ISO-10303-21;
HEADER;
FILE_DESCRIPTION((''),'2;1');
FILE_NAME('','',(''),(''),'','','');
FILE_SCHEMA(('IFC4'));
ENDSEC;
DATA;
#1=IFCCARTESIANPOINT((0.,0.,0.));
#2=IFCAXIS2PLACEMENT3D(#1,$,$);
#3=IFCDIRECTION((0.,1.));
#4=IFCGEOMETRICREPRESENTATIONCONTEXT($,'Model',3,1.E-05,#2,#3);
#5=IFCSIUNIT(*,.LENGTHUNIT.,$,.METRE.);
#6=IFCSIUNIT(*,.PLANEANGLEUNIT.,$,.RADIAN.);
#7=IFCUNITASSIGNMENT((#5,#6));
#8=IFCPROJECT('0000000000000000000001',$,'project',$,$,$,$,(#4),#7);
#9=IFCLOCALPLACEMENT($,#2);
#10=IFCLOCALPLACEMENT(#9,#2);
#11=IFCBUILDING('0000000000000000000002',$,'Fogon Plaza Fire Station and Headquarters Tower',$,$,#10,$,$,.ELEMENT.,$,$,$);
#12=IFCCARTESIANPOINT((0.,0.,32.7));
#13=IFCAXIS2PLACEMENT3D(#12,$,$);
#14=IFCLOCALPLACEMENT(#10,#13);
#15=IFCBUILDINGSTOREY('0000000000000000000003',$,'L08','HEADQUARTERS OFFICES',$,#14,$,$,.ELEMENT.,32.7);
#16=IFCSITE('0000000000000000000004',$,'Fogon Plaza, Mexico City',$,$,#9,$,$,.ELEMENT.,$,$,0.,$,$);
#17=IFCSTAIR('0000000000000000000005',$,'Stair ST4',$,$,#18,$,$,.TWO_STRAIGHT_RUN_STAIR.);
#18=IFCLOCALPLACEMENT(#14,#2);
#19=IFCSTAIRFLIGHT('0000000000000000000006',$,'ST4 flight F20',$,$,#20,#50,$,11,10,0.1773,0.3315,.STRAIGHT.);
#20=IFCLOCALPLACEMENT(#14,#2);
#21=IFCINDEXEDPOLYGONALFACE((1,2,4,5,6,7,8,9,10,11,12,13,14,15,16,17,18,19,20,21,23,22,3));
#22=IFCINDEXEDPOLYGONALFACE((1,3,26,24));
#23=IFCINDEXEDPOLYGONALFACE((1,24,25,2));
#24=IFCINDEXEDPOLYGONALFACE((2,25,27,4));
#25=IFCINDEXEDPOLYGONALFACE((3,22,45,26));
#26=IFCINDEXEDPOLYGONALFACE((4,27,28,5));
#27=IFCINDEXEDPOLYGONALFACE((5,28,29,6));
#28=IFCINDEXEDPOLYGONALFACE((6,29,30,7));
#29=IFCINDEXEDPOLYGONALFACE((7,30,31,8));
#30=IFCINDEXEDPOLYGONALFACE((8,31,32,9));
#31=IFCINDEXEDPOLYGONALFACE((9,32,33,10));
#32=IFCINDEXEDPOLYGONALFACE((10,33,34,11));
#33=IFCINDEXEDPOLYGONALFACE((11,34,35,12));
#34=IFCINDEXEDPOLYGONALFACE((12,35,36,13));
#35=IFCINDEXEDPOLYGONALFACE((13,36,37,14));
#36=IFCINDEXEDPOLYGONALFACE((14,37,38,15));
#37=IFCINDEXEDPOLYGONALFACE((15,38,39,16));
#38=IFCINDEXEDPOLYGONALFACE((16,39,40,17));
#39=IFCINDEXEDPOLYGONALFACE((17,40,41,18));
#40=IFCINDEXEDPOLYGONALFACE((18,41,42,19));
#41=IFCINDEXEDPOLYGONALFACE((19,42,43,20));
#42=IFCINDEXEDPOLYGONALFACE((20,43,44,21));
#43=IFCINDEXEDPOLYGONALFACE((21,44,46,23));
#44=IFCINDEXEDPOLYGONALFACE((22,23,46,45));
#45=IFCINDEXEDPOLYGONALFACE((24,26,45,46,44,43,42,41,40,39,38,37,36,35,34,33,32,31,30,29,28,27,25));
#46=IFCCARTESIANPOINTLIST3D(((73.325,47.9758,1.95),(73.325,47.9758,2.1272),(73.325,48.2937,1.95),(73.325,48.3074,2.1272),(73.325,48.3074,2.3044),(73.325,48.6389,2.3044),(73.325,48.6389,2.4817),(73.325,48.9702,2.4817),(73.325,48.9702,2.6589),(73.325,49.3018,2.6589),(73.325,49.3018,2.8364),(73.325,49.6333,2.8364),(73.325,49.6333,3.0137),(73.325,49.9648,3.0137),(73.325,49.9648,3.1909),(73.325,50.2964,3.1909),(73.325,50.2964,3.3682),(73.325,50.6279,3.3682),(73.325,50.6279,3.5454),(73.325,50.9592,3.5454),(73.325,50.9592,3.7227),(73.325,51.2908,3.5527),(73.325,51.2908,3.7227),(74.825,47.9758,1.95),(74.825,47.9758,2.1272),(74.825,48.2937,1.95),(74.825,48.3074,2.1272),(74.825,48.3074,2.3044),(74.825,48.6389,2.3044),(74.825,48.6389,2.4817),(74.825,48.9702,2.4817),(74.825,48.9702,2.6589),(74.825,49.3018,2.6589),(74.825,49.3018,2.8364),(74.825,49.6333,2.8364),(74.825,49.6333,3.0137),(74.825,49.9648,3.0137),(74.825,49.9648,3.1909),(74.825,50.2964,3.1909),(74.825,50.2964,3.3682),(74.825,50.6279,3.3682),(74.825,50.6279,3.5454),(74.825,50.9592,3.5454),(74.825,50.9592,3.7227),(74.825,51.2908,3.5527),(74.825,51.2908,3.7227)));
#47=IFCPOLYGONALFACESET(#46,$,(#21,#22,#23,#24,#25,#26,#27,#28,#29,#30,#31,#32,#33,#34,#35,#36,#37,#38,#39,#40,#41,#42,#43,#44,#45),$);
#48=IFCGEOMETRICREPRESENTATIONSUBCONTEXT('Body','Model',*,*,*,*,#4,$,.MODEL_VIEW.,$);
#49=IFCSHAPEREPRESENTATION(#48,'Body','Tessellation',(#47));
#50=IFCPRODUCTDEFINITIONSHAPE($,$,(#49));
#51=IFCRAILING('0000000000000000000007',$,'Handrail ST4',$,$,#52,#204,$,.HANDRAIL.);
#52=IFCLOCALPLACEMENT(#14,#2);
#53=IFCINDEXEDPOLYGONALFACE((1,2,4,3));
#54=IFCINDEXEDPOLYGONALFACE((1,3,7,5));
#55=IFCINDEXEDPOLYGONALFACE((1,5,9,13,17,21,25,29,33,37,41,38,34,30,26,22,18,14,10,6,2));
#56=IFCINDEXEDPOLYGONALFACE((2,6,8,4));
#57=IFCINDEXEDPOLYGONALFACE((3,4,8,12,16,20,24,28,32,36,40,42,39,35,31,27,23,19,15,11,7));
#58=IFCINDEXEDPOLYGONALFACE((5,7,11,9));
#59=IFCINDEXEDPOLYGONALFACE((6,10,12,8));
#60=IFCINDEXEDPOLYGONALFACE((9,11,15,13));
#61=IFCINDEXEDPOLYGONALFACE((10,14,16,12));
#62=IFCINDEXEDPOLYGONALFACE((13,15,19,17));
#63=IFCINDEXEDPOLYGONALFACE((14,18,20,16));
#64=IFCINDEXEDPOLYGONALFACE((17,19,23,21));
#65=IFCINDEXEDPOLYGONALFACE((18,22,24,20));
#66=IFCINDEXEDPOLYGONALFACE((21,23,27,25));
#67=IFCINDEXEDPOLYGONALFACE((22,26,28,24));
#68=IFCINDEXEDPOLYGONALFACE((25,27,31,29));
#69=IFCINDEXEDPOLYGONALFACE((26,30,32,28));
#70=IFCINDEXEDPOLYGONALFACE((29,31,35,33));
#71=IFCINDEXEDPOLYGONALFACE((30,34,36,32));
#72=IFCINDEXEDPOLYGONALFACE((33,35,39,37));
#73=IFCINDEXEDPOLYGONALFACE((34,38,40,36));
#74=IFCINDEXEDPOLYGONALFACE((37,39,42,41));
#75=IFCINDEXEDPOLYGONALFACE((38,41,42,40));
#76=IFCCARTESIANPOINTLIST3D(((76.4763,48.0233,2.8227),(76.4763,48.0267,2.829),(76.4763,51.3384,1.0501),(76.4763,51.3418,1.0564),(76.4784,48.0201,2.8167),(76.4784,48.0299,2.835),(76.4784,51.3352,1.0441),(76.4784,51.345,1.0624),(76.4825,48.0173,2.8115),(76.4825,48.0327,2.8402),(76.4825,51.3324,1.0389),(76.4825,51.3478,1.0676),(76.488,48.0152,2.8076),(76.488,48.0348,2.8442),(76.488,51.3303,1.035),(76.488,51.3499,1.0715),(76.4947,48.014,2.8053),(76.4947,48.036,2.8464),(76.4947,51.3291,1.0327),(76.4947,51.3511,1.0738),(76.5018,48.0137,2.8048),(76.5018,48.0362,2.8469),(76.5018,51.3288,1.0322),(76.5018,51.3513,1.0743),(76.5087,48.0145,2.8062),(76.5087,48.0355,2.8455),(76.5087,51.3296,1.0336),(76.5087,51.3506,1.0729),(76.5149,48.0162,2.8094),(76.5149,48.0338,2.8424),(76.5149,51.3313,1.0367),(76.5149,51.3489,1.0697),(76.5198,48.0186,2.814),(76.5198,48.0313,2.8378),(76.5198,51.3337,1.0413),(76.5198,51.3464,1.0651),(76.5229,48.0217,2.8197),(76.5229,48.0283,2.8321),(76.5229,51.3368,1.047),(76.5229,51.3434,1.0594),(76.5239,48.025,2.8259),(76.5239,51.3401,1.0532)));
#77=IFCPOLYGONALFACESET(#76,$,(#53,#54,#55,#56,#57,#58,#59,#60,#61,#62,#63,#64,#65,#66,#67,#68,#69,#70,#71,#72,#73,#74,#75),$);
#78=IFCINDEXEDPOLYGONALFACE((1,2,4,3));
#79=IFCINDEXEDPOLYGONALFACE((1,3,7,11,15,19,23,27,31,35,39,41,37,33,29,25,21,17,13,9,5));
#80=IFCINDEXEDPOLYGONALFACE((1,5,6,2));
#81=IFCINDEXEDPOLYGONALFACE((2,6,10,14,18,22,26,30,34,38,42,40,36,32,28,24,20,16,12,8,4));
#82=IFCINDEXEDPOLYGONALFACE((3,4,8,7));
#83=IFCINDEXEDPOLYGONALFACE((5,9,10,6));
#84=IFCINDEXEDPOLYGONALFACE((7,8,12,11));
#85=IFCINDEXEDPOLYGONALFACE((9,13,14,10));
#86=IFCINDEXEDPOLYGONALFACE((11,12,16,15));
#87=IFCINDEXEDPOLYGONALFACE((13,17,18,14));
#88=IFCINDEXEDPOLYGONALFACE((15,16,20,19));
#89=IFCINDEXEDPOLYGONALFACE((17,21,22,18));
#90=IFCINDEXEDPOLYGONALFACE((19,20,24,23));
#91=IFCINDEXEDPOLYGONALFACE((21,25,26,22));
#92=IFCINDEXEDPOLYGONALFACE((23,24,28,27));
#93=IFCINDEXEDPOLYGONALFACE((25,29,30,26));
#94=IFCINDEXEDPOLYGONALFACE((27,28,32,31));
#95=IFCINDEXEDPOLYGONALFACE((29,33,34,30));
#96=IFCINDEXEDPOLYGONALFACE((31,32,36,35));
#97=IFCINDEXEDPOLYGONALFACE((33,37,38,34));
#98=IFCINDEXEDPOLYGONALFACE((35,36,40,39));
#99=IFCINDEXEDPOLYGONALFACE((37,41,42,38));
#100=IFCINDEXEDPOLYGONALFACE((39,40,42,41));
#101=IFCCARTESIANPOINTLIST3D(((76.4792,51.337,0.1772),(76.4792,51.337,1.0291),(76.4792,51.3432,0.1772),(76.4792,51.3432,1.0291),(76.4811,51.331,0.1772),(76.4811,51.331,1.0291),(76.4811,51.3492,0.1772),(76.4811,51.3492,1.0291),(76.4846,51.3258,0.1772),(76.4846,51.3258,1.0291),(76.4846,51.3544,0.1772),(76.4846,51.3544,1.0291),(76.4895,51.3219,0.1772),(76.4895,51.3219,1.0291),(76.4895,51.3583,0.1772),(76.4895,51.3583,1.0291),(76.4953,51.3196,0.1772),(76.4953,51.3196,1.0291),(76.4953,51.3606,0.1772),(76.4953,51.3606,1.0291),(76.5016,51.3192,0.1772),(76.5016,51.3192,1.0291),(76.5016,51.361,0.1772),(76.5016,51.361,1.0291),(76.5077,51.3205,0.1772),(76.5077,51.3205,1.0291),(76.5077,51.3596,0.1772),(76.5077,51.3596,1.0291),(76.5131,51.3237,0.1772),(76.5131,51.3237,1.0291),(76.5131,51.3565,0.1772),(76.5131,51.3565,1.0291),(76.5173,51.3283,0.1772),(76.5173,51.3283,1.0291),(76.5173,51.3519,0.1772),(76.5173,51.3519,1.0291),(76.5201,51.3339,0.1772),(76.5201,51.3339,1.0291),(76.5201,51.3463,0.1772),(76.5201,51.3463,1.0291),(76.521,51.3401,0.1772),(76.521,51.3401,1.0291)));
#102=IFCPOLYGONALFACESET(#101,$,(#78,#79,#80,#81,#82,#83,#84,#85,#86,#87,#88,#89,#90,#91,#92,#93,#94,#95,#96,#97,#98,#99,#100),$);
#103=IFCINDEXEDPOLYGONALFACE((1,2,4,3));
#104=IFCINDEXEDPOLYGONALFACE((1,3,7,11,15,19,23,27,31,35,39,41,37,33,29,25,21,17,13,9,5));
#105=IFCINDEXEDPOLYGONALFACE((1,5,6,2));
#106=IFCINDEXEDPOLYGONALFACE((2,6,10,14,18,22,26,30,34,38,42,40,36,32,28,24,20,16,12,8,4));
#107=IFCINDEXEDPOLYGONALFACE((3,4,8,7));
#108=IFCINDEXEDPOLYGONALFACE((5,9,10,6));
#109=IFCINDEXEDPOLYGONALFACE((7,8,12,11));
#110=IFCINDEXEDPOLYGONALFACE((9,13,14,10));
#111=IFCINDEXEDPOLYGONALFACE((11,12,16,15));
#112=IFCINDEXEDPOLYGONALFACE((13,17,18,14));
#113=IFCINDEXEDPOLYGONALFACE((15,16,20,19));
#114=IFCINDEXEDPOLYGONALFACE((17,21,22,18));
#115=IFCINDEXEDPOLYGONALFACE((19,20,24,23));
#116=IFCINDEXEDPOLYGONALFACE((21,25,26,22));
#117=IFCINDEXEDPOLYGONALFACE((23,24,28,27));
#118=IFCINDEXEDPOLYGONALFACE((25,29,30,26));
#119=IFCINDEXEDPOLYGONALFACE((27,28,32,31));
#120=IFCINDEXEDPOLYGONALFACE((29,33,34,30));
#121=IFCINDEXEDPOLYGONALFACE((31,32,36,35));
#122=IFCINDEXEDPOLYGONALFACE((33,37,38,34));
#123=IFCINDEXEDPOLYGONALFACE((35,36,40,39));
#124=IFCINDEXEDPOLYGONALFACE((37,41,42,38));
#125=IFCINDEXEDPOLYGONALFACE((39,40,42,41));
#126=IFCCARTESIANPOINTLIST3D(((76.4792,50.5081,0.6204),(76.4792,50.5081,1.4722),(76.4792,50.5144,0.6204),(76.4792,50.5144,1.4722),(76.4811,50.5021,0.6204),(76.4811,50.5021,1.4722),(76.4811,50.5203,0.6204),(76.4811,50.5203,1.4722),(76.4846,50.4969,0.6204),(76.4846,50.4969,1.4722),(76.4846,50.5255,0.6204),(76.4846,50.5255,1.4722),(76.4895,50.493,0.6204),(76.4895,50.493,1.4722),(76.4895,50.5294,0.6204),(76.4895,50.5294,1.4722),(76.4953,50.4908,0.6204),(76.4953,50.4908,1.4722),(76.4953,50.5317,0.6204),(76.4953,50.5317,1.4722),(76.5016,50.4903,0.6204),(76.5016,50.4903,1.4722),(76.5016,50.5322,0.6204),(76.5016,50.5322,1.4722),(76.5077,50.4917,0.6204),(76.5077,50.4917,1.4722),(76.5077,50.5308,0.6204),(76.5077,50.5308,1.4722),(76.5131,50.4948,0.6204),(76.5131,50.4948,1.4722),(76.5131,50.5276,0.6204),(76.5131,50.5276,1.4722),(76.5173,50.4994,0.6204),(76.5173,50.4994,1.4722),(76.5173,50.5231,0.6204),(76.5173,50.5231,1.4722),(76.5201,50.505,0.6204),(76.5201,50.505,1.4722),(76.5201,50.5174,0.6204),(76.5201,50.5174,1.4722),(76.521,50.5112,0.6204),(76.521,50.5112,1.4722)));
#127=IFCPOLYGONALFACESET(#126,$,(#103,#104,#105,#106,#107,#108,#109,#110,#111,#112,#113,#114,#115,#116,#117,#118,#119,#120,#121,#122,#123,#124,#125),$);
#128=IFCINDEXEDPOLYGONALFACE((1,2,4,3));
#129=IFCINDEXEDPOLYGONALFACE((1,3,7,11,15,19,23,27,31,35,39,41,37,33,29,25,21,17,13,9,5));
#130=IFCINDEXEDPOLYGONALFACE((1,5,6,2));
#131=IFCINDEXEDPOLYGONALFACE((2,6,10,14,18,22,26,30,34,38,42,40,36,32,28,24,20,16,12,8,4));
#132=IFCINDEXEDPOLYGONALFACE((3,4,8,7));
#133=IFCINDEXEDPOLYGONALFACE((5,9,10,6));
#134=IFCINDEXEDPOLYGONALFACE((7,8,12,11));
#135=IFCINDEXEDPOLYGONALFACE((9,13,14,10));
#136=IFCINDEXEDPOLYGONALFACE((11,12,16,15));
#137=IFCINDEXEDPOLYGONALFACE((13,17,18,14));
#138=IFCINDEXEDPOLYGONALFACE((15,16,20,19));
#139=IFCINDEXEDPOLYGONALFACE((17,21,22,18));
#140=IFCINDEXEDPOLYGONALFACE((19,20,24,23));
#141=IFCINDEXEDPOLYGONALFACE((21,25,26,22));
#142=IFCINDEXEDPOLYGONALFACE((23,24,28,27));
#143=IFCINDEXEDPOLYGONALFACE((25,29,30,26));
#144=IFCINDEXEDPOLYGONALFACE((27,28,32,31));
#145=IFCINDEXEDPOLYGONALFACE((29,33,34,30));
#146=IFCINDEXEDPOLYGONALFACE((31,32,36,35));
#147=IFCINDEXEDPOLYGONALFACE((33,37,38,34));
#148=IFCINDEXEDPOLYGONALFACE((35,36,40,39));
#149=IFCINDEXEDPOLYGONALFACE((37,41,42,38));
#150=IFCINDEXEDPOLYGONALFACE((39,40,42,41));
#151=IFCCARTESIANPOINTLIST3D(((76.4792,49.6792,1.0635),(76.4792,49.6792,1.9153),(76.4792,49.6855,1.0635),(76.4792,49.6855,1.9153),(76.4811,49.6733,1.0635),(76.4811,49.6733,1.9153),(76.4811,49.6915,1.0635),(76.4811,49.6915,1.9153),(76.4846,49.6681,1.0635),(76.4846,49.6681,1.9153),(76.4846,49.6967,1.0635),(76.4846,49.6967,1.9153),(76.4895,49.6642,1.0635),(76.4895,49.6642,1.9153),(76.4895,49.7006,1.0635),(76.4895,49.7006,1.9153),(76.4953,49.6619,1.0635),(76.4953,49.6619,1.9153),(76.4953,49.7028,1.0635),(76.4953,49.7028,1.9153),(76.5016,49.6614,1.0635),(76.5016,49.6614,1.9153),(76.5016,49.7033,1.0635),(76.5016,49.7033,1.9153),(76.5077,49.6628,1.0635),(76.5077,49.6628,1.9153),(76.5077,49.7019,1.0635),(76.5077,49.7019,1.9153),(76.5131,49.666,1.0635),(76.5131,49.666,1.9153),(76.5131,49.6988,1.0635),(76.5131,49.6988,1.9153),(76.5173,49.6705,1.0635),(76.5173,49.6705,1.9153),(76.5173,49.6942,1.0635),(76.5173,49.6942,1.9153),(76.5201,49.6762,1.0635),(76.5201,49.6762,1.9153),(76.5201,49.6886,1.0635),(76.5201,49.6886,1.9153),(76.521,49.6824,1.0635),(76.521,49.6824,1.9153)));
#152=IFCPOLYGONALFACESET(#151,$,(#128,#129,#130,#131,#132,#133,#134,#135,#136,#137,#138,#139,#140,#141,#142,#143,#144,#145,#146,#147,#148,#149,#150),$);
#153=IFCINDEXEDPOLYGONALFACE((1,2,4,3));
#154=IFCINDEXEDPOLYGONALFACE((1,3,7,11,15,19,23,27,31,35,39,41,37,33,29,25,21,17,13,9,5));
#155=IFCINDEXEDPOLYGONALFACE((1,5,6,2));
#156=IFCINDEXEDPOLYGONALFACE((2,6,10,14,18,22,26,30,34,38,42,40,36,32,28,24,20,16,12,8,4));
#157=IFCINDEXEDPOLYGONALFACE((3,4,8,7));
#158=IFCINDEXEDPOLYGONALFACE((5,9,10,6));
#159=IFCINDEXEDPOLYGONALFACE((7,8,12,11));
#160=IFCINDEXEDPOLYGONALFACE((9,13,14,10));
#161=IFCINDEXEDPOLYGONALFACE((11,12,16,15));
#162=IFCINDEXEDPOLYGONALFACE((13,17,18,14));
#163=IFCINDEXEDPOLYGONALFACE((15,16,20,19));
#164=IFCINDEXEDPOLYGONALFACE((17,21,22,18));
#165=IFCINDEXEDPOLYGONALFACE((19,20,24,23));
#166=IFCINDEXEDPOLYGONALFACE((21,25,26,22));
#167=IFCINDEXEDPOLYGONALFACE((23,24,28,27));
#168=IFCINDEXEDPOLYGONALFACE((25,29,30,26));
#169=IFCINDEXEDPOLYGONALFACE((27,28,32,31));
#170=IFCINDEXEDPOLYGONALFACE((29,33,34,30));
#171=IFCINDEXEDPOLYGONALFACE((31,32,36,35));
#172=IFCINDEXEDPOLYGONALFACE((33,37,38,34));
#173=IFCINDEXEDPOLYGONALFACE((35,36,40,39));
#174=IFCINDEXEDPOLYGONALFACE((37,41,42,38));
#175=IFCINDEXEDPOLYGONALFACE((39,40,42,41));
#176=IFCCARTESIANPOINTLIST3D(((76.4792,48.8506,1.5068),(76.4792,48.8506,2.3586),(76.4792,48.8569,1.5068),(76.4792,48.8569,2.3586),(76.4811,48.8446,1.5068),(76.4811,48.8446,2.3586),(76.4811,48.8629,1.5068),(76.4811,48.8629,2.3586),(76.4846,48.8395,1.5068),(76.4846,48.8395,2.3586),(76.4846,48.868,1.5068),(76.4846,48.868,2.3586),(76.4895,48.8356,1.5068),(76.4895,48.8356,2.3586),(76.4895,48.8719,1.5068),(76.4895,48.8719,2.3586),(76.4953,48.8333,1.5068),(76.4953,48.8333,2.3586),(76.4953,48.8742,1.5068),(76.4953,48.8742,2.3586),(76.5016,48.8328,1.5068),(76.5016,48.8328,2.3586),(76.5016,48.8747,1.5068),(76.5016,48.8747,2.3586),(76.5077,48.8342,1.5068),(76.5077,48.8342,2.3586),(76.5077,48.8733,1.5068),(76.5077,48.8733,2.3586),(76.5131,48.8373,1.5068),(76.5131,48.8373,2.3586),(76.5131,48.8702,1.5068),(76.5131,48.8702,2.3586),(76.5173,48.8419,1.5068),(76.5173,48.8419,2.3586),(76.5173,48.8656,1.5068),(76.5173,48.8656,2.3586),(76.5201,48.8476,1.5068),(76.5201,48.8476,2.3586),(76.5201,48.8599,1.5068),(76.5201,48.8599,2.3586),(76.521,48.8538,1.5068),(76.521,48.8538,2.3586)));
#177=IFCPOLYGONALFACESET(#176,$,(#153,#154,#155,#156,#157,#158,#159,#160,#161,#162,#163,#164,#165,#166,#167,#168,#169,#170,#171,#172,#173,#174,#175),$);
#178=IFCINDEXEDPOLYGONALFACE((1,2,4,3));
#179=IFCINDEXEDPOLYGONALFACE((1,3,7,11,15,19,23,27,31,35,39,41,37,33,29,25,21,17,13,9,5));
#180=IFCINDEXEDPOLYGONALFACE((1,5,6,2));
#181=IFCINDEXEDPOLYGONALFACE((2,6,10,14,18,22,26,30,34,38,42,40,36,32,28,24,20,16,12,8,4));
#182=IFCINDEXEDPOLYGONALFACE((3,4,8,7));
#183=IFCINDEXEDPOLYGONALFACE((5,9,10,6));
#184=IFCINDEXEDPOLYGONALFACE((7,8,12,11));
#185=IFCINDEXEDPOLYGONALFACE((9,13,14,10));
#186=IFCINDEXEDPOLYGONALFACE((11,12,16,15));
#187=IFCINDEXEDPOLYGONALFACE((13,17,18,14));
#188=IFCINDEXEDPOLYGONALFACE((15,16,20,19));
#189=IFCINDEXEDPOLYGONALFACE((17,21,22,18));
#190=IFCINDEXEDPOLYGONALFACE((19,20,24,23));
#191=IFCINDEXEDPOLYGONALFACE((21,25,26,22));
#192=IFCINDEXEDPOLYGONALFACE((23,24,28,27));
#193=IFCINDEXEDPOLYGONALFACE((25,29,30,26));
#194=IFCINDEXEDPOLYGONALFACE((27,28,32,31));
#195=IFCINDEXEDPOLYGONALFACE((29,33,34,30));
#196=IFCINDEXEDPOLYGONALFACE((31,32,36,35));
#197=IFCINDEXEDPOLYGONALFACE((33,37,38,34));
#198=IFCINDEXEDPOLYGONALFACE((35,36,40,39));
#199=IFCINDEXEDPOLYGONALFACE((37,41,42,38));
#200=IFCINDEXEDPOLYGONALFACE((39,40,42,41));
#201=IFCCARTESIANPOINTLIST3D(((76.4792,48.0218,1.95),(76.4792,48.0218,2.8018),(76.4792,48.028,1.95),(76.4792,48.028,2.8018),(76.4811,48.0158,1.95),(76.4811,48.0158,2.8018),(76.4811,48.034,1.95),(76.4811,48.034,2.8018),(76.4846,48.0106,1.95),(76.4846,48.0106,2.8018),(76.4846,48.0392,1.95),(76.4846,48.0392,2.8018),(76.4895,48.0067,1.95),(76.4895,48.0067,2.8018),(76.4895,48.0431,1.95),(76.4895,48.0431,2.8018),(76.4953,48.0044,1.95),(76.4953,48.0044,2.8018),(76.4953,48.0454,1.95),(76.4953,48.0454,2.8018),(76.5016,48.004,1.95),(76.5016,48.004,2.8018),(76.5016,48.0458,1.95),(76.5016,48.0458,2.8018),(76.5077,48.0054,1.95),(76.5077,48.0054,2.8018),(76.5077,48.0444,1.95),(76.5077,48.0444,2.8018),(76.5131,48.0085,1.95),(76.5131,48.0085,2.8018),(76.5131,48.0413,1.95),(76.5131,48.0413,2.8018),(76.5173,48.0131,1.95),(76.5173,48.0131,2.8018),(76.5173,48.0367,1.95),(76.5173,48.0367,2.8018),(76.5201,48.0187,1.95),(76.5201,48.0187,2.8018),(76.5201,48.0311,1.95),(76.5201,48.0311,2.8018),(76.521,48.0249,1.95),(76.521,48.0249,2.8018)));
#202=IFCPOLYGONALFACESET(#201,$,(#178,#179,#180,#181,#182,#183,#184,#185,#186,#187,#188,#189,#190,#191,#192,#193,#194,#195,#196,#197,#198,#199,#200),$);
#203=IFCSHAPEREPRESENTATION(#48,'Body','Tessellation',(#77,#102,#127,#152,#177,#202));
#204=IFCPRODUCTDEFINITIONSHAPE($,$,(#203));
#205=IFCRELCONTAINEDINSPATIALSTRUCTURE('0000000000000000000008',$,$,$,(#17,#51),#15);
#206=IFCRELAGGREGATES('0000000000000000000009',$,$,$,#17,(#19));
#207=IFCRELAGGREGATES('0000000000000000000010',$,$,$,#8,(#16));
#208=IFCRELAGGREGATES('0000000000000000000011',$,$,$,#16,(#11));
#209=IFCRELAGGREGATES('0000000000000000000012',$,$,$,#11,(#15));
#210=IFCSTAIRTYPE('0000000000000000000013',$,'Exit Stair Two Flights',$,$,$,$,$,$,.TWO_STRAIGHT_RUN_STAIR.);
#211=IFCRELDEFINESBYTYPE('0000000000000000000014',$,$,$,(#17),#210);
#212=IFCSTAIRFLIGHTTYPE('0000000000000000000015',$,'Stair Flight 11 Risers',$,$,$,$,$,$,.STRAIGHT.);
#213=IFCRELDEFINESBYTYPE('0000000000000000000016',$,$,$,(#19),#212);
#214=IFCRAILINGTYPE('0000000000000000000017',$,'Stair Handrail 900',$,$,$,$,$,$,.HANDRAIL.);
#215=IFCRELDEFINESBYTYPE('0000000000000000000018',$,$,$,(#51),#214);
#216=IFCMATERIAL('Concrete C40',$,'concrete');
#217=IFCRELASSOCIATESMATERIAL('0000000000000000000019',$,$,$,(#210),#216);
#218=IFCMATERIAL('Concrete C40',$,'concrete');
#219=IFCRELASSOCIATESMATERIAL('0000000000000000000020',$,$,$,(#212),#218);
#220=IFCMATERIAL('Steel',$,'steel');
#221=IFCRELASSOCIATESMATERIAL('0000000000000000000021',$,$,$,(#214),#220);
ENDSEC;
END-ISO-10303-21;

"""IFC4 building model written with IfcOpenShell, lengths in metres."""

from ifc_helpers import new_model, si_unit, direction, frame, origin, origin_2d, place, context, subcontext, project, spatial, polyline, circle, outline, extrude, material, type_object, element, aggregate, save


model = new_model("IFC4")

# Units and contexts
model_context = context("Model", 3, precision=1e-05, world=origin(), true_north=direction((0.0, 1.0)))
body_context = subcontext(model_context, "Body", "Model", "MODEL_VIEW")
ifc_project = project(units=[si_unit("LENGTHUNIT", "METRE"), si_unit("PLANEANGLEUNIT", "RADIAN")], contexts=[model_context])

# Site, building, storey
site_placement = place(None, origin())
site = spatial("IfcSite", under=ifc_project, at=site_placement, Name="Fogon Plaza, Mexico City", CompositionType="ELEMENT", RefElevation=0.0)
building_placement = place(site_placement, origin())
building = spatial("IfcBuilding", under=site, at=building_placement, Name="Fogon Plaza Fire Station and Headquarters Tower", CompositionType="ELEMENT")
storey_placement = place(building_placement, frame((0.0, 0.0, 32.7)))
storey = spatial("IfcBuildingStorey", under=building, at=storey_placement, Name="L08", Description="HEADQUARTERS OFFICES", CompositionType="ELEMENT", Elevation=32.7)

# Stair, stair flight
ifc_material_1 = material(Name="Concrete C40", Category="concrete")
stair_type = type_object("IfcStairType", Name="Exit Stair Two Flights", PredefinedType="TWO_STRAIGHT_RUN_STAIR", material=ifc_material_1)
stair_placement = place(storey_placement, origin())
stair = element("IfcStair", 1, at=stair_placement, inside=storey, type_object=stair_type, Name="Stair ST4", PredefinedType="TWO_STRAIGHT_RUN_STAIR")
ifc_material_2 = material(Name="Concrete C40", Category="concrete")
stair_flight_type = type_object("IfcStairFlightType", Name="Stair Flight 11 Risers", PredefinedType="STRAIGHT", material=ifc_material_2)
stair_flight_1_placement = place(storey_placement, frame((74.075, 47.9758, 1.95), z_axis=(0.0, 0.0, 1.0), x_axis=(0.0, 1.0, 0.0)))
stair_flight_1 = element("IfcStairFlight", 2, at=stair_flight_1_placement, type_object=stair_flight_type, Name="ST4 flight F20", NumberOfRisers=11, NumberOfTreads=10, PredefinedType="STRAIGHT", RiserHeight=0.1773, TreadLength=0.3315, context=body_context, shape_type="SweptSolid", body=[
    extrude(outline(polyline([(0.0, 0.0), (0.0, 0.1772), (0.3315, 0.1772), (0.3315, 0.3545), (0.6631, 0.3545), (0.6631, 0.5317), (0.9944, 0.5317), (0.9944, 0.709), (1.3259, 0.709), (1.3259, 0.8865), (1.6575, 0.8865), (1.6575, 1.0637), (1.989, 1.0637), (1.989, 1.241), (2.3206, 1.241), (2.3206, 1.4182), (2.6521, 1.4182), (2.6521, 1.5955), (2.9834, 1.5955), (2.9834, 1.7727), (3.3149, 1.7727), (3.3149, 1.95), (3.3149, 1.6028), (0.3179, 0.0), (0.0, 0.0)])), frame((0.0, 0.75, 0.0), z_axis=(0.0, -1.0, 0.0), x_axis=(1.0, 0.0, 0.0)), (0.0, 0.0, 1.0), 1.5),
])
aggregate(stair, [stair_flight_1])

# Railing
ifc_material_3 = material(Name="Steel", Category="steel")
railing_type = type_object("IfcRailingType", Name="Stair Handrail 900", PredefinedType="HANDRAIL", material=ifc_material_3)
for number, where, name in (
    (3, (76.5, 51.3401, 0.1772), "Handrail ST4"),
):
    element("IfcRailing", number, at=place(storey_placement, frame(where)), inside=storey, type_object=railing_type, Name=name, PredefinedType="HANDRAIL", context=body_context, shape_type="SweptSolid", body=[
        extrude(circle(Radius=0.0239, at=origin_2d()), frame((0.0, 0.0, 0.876), z_axis=(0.0, -0.881844, 0.471542), x_axis=(1.0, 0.0, 0.0)), (0.0, 0.0, 1.0), 3.7593),
        extrude(circle(Radius=0.021, at=origin_2d()), origin(), (0.0, 0.0, 1.0), 0.8518),
        extrude(circle(Radius=0.021, at=origin_2d()), frame((0.0, -0.8289, 0.4431)), (0.0, 0.0, 1.0), 0.8518),
        extrude(circle(Radius=0.021, at=origin_2d()), frame((0.0, -1.6577, 0.8862)), (0.0, 0.0, 1.0), 0.8518),
        extrude(circle(Radius=0.021, at=origin_2d()), frame((0.0, -2.4863, 1.3296)), (0.0, 0.0, 1.0), 0.8518),
        extrude(circle(Radius=0.021, at=origin_2d()), frame((0.0, -3.3152, 1.7727)), (0.0, 0.0, 1.0), 0.8518),
    ])

save(model, "model.ifc")
